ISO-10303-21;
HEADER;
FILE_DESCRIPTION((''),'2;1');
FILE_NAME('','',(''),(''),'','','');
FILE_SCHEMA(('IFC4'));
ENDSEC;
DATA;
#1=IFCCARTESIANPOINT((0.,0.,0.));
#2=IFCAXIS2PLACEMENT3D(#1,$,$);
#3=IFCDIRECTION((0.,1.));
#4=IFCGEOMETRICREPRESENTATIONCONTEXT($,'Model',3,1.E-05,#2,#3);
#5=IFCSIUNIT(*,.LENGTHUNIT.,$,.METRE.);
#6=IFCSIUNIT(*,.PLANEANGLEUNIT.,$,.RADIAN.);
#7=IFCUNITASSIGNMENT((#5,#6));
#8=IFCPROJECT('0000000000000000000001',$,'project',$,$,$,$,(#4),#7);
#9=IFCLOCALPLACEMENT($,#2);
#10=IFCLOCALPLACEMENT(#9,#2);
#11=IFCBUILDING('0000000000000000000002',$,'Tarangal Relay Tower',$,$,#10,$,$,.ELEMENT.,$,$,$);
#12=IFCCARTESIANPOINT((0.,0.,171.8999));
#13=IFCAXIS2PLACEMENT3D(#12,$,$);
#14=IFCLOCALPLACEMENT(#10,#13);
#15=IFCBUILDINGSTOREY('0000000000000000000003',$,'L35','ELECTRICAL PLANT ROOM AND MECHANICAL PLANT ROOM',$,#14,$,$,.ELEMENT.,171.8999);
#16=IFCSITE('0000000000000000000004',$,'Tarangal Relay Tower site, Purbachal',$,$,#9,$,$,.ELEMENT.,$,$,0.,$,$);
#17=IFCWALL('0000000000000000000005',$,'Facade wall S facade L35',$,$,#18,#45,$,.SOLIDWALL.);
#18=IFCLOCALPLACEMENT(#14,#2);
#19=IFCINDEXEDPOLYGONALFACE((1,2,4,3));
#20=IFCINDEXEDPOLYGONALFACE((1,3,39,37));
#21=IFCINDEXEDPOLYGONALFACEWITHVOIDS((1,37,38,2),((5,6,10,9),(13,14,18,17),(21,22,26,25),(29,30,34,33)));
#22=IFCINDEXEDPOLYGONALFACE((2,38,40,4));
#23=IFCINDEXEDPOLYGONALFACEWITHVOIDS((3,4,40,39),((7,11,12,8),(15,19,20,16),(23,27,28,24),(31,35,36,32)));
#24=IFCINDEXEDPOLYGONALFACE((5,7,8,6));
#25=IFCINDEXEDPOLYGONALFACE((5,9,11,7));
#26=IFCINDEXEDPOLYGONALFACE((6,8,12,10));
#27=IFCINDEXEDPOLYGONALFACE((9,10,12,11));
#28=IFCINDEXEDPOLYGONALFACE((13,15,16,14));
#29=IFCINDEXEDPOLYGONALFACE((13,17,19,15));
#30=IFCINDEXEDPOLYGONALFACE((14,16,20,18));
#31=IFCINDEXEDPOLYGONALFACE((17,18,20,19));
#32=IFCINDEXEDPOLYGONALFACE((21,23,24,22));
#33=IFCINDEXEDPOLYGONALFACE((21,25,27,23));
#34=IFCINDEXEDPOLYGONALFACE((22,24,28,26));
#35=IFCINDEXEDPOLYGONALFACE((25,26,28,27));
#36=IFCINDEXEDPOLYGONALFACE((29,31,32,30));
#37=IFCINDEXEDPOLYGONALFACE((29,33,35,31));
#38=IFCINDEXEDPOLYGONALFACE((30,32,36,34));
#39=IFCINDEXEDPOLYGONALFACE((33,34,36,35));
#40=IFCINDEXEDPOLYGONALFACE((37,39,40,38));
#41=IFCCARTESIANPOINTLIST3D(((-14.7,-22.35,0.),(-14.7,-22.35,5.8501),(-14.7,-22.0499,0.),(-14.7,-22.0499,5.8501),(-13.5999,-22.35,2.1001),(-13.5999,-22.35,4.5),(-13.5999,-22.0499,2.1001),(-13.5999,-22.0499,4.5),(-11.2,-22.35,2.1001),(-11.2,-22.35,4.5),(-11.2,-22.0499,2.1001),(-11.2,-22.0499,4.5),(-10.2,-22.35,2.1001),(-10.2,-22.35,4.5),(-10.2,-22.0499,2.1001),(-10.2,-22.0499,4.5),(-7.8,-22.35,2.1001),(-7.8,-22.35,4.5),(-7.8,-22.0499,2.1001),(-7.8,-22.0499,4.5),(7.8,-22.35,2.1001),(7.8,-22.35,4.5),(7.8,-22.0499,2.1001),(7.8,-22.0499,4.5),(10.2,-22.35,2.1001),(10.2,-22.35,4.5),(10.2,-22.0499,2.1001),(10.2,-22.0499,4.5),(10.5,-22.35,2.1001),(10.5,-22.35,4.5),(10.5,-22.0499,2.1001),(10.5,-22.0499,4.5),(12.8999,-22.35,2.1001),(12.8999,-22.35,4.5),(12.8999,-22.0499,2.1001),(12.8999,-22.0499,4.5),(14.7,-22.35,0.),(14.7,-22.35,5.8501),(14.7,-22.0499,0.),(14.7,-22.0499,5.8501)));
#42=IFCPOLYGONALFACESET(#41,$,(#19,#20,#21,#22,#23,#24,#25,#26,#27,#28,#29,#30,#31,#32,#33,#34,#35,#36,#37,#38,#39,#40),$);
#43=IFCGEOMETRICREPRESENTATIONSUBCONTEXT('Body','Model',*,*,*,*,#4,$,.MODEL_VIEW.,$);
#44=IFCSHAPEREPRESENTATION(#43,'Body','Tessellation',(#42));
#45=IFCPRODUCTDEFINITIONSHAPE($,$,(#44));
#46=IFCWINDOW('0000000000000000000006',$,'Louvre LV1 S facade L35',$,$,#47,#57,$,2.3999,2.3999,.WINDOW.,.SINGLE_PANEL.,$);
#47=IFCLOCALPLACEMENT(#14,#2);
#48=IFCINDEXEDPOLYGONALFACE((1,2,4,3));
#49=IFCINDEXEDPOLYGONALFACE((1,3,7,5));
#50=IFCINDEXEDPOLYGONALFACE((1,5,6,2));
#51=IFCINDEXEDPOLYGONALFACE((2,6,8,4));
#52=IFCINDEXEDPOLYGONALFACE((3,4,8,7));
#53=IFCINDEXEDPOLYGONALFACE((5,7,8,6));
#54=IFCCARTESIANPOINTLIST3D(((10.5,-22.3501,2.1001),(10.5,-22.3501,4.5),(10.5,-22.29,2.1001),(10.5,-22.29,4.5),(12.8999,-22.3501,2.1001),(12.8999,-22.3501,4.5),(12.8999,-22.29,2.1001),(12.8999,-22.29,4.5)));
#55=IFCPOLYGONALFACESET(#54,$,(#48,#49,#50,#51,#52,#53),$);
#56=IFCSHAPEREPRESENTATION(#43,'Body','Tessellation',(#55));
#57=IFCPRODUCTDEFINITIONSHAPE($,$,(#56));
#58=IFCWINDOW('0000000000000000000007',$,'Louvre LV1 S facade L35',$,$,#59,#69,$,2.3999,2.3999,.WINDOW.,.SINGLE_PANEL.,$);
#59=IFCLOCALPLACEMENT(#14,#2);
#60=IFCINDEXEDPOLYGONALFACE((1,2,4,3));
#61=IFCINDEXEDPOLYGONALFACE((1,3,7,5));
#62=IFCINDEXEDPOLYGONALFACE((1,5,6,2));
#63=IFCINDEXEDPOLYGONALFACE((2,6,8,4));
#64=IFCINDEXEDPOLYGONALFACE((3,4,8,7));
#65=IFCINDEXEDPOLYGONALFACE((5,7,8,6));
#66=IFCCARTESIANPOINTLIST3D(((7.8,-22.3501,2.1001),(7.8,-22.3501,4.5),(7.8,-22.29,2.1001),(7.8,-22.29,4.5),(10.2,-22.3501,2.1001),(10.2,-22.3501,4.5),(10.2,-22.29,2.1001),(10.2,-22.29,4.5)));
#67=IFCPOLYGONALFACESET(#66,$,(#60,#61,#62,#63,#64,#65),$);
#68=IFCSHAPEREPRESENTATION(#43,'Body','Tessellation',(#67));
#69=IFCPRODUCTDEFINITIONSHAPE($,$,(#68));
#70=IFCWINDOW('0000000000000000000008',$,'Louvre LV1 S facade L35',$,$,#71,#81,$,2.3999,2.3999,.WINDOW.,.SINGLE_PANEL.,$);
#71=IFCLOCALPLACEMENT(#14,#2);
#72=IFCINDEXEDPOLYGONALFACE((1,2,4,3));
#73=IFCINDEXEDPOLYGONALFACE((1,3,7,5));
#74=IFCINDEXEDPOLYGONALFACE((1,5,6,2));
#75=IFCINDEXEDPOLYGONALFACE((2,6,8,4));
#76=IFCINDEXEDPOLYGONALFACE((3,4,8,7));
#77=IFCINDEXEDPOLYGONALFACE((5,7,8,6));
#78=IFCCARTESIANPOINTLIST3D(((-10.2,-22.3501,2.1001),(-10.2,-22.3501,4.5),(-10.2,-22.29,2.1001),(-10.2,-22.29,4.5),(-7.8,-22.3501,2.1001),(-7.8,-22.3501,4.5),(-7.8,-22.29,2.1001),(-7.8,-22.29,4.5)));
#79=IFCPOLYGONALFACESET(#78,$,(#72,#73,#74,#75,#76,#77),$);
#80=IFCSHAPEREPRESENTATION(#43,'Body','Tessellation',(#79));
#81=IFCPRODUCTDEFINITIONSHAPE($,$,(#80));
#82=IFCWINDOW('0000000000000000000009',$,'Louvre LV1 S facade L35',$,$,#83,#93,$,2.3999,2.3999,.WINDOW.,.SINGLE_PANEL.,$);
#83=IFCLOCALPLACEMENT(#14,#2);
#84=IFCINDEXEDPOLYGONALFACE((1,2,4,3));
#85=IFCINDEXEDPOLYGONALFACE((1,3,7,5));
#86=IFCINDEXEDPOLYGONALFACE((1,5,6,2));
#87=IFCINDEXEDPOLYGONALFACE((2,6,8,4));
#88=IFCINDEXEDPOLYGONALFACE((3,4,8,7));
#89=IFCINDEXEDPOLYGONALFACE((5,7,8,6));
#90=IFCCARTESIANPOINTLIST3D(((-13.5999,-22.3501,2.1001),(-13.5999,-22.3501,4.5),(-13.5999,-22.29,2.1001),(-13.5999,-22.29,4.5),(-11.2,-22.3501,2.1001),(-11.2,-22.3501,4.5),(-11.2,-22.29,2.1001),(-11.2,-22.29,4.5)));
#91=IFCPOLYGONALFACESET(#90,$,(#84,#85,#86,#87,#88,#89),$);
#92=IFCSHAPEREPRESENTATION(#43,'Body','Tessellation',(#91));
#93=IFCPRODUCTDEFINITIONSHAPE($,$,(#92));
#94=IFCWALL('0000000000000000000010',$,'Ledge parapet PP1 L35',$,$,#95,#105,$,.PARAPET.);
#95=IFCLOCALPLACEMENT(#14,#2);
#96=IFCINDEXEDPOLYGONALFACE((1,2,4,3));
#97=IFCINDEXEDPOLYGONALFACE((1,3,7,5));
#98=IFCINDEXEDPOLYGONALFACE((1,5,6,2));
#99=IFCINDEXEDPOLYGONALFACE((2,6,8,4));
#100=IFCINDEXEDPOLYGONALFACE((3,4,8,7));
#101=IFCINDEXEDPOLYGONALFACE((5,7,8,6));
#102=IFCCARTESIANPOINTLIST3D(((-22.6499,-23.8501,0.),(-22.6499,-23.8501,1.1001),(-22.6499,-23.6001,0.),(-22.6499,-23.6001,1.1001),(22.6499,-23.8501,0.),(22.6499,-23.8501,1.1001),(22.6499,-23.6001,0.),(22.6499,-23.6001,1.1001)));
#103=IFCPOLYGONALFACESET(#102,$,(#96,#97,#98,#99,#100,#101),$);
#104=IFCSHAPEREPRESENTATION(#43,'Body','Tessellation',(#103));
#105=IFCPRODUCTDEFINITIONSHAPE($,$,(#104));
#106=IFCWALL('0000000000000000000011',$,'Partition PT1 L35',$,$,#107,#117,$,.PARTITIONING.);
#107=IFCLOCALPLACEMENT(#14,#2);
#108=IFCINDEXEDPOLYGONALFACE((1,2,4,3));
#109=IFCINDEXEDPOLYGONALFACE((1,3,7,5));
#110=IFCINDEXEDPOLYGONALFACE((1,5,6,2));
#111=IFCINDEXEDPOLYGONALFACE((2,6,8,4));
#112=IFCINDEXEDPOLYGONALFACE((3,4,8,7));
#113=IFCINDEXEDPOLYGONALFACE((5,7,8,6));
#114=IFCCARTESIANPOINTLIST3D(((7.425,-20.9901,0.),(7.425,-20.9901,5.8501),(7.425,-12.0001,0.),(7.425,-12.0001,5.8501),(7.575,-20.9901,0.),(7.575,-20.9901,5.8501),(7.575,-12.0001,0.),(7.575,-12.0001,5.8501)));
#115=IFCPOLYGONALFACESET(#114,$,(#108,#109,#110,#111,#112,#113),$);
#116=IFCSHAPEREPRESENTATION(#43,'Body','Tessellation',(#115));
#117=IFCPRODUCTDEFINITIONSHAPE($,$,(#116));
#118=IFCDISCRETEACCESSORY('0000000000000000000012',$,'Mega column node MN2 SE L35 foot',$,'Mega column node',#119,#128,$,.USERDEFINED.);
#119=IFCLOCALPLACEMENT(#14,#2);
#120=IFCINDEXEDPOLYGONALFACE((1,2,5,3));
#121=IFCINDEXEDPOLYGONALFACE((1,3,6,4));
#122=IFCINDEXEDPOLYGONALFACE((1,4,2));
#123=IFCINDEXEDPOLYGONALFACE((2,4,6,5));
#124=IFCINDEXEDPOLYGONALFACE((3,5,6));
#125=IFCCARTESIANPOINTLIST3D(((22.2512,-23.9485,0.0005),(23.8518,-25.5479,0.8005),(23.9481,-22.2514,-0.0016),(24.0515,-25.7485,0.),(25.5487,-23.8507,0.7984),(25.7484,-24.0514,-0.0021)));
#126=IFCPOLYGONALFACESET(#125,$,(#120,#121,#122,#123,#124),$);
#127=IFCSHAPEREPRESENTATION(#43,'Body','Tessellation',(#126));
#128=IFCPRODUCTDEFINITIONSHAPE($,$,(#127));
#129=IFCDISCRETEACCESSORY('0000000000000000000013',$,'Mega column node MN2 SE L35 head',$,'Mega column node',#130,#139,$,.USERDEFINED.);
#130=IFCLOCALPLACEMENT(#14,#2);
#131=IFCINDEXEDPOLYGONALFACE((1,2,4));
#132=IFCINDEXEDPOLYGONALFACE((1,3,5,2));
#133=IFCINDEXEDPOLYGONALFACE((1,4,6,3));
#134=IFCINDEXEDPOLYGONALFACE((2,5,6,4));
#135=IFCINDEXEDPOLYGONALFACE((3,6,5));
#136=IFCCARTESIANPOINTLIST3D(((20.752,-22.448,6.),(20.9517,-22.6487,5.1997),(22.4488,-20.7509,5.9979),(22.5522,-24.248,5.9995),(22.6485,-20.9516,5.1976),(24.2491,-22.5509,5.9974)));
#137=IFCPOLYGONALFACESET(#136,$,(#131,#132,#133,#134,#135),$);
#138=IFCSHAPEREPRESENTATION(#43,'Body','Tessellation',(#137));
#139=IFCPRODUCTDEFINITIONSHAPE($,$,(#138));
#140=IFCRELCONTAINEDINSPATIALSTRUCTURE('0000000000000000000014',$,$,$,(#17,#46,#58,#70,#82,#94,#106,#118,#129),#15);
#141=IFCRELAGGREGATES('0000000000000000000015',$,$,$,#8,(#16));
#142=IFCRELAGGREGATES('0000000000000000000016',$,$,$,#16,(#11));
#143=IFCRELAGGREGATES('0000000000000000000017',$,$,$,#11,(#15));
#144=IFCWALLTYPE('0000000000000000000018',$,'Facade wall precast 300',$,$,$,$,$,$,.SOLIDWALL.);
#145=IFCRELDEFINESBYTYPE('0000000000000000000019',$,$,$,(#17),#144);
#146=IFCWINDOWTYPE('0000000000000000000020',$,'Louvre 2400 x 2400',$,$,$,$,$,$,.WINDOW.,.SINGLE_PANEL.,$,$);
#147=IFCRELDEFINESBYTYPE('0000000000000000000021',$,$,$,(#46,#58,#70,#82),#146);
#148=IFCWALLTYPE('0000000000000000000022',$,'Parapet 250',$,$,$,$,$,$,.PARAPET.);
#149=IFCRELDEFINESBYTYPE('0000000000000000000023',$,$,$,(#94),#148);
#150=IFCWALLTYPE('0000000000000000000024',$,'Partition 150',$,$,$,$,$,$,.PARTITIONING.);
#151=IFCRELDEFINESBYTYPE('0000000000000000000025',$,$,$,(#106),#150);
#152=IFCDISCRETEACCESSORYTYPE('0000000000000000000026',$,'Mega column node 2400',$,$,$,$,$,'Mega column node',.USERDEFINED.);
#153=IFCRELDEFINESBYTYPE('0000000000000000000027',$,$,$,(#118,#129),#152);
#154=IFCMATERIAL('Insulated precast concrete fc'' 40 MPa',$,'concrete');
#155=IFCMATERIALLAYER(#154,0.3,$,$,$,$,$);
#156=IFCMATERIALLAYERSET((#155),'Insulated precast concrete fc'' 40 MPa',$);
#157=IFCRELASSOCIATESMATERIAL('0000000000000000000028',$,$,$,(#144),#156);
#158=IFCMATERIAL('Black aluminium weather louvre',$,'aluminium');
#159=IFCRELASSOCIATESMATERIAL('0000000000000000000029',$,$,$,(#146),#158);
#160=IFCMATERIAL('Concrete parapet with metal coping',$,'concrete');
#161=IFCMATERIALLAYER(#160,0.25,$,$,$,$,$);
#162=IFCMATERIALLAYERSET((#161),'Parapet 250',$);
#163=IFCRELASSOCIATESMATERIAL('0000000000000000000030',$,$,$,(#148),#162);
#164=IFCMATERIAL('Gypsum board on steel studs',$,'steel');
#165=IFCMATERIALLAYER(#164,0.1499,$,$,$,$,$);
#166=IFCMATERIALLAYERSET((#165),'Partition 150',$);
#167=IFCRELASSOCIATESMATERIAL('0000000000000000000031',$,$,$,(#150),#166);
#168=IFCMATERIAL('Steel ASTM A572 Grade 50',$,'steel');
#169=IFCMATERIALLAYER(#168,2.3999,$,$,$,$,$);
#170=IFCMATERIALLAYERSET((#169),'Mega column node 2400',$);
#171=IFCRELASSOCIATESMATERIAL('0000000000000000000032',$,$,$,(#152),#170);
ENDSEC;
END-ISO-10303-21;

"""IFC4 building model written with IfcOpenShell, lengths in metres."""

from ifc_helpers import new_model, si_unit, direction, frame, frame_2d, origin, place, context, subcontext, project, spatial, polyline, rectangle, outline, extrude, material, layer, layer_set, type_object, element, fill, save


model = new_model("IFC4")

# Units and contexts
model_context = context("Model", 3, precision=1e-05, world=origin(), true_north=direction((0.0, 1.0)))
body_context = subcontext(model_context, "Body", "Model", "MODEL_VIEW")
ifc_project = project(units=[si_unit("LENGTHUNIT", "METRE"), si_unit("PLANEANGLEUNIT", "RADIAN")], contexts=[model_context])

# Site, building, storey
site_placement = place(None, origin())
site = spatial("IfcSite", under=ifc_project, at=site_placement, Name="Tarangal Relay Tower site, Purbachal", CompositionType="ELEMENT", RefElevation=0.0)
building_placement = place(site_placement, origin())
building = spatial("IfcBuilding", under=site, at=building_placement, Name="Tarangal Relay Tower", CompositionType="ELEMENT")
storey_placement = place(building_placement, frame((0.0, 0.0, 171.8999)))
storey = spatial("IfcBuildingStorey", under=building, at=storey_placement, Name="L35", Description="ELECTRICAL PLANT ROOM AND MECHANICAL PLANT ROOM", CompositionType="ELEMENT", Elevation=171.8999)

# Shared definitions
ifc_material_1 = material(Name="Steel ASTM A572 Grade 50", Category="steel")

# Shared definitions
ifc_material_2 = material(Name="Insulated precast concrete fc' 40 MPa", Category="concrete")
ifc_layer_1 = layer(ifc_material_2, 0.3)
ifc_layer_set_1 = layer_set([ifc_layer_1], Name="Insulated precast concrete fc' 40 MPa")
wall_type_1 = type_object("IfcWallType", Name="Facade wall precast 300", PredefinedType="SOLIDWALL", material=ifc_layer_set_1)

# Wall, openings, windows
wall_1_placement = place(storey_placement, frame((14.7, -22.2, 0.0), z_axis=(0.0, 0.0, 1.0), x_axis=(-1.0, 0.0, 0.0)))
wall_1 = element("IfcWall", 1, at=wall_1_placement, inside=storey, type_object=wall_type_1, Name="Facade wall S facade L35", PredefinedType="SOLIDWALL", context=body_context, shape_type="SweptSolid", body=[
    extrude(rectangle(XDim=29.3999, YDim=0.3, at=frame_2d((14.7, 0.0))), origin(), (0.0, 0.0, 1.0), 5.8501),
])
opening_1_placement = place(wall_1_placement, frame((1.8, 0.0, 2.1001)))
opening_1 = element("IfcOpeningElement", 2, at=opening_1_placement, cuts=wall_1, PredefinedType="OPENING", context=body_context, shape_type="SweptSolid", body=[
    extrude(rectangle(XDim=2.3999, YDim=2.3999, at=frame_2d((1.2, 1.2))), frame((0.0, 0.1599, 0.0), z_axis=(0.0, -1.0, 0.0), x_axis=(1.0, 0.0, 0.0)), (0.0, 0.0, 1.0), 0.3201),
])
opening_2_placement = place(wall_1_placement, frame((4.5, 0.0, 2.1001)))
opening_2 = element("IfcOpeningElement", 3, at=opening_2_placement, cuts=wall_1, PredefinedType="OPENING", context=body_context, shape_type="SweptSolid", body=[
    extrude(rectangle(XDim=2.3999, YDim=2.3999, at=frame_2d((1.2, 1.2))), frame((0.0, 0.1599, 0.0), z_axis=(0.0, -1.0, 0.0), x_axis=(1.0, 0.0, 0.0)), (0.0, 0.0, 1.0), 0.3201),
])
opening_3_placement = place(wall_1_placement, frame((22.5, 0.0, 2.1001)))
opening_3 = element("IfcOpeningElement", 4, at=opening_3_placement, cuts=wall_1, PredefinedType="OPENING", context=body_context, shape_type="SweptSolid", body=[
    extrude(rectangle(XDim=2.3999, YDim=2.3999, at=frame_2d((1.2, 1.2))), frame((0.0, 0.1599, 0.0), z_axis=(0.0, -1.0, 0.0), x_axis=(1.0, 0.0, 0.0)), (0.0, 0.0, 1.0), 0.3201),
])
opening_4_placement = place(wall_1_placement, frame((25.8999, 0.0, 2.1001)))
opening_4 = element("IfcOpeningElement", 5, at=opening_4_placement, cuts=wall_1, PredefinedType="OPENING", context=body_context, shape_type="SweptSolid", body=[
    extrude(rectangle(XDim=2.3999, YDim=2.3999, at=frame_2d((1.2, 1.2))), frame((0.0, 0.1599, 0.0), z_axis=(0.0, -1.0, 0.0), x_axis=(1.0, 0.0, 0.0)), (0.0, 0.0, 1.0), 0.3201),
])
ifc_material_3 = material(Name="Black aluminium weather louvre", Category="aluminium")
window_type = type_object("IfcWindowType", Name="Louvre 2400 x 2400", PartitioningType="SINGLE_PANEL", PredefinedType="WINDOW", material=ifc_material_3)
window_1_placement = place(opening_1_placement, origin())
window_1 = element("IfcWindow", 6, at=window_1_placement, inside=storey, type_object=window_type, Name="Louvre LV1 S facade L35", OverallHeight=2.3999, OverallWidth=2.3999, PartitioningType="SINGLE_PANEL", PredefinedType="WINDOW", context=body_context, shape_type="SweptSolid", body=[
    extrude(rectangle(XDim=2.3999, YDim=2.3999, at=frame_2d((1.2, 1.2))), frame((0.0, 0.1501, 0.0), z_axis=(0.0, -1.0, 0.0), x_axis=(1.0, 0.0, 0.0)), (0.0, 0.0, 1.0), 0.0601),
])
fill(opening_1, window_1)
window_2_placement = place(opening_2_placement, origin())
window_2 = element("IfcWindow", 7, at=window_2_placement, inside=storey, type_object=window_type, Name="Louvre LV1 S facade L35", OverallHeight=2.3999, OverallWidth=2.3999, PartitioningType="SINGLE_PANEL", PredefinedType="WINDOW", context=body_context, shape_type="SweptSolid", body=[
    extrude(rectangle(XDim=2.3999, YDim=2.3999, at=frame_2d((1.2, 1.2))), frame((0.0, 0.1501, 0.0), z_axis=(0.0, -1.0, 0.0), x_axis=(1.0, 0.0, 0.0)), (0.0, 0.0, 1.0), 0.0601),
])
fill(opening_2, window_2)
window_3_placement = place(opening_3_placement, origin())
window_3 = element("IfcWindow", 8, at=window_3_placement, inside=storey, type_object=window_type, Name="Louvre LV1 S facade L35", OverallHeight=2.3999, OverallWidth=2.3999, PartitioningType="SINGLE_PANEL", PredefinedType="WINDOW", context=body_context, shape_type="SweptSolid", body=[
    extrude(rectangle(XDim=2.3999, YDim=2.3999, at=frame_2d((1.2, 1.2))), frame((0.0, 0.1501, 0.0), z_axis=(0.0, -1.0, 0.0), x_axis=(1.0, 0.0, 0.0)), (0.0, 0.0, 1.0), 0.0601),
])
fill(opening_3, window_3)
window_4_placement = place(opening_4_placement, origin())
window_4 = element("IfcWindow", 9, at=window_4_placement, inside=storey, type_object=window_type, Name="Louvre LV1 S facade L35", OverallHeight=2.3999, OverallWidth=2.3999, PartitioningType="SINGLE_PANEL", PredefinedType="WINDOW", context=body_context, shape_type="SweptSolid", body=[
    extrude(rectangle(XDim=2.3999, YDim=2.3999, at=frame_2d((1.2, 1.2))), frame((0.0, 0.1501, 0.0), z_axis=(0.0, -1.0, 0.0), x_axis=(1.0, 0.0, 0.0)), (0.0, 0.0, 1.0), 0.0601),
])
fill(opening_4, window_4)

# Walls
ifc_material_4 = material(Name="Concrete parapet with metal coping", Category="concrete")
ifc_layer_2 = layer(ifc_material_4, 0.25)
ifc_layer_set_2 = layer_set([ifc_layer_2], Name="Parapet 250")
wall_type_2 = type_object("IfcWallType", Name="Parapet 250", PredefinedType="PARAPET", material=ifc_layer_set_2)
wall_2_placement = place(storey_placement, frame((22.6499, -23.7251, 0.0), z_axis=(0.0, 0.0, 1.0), x_axis=(-1.0, 0.0, 0.0)))
element("IfcWall", 10, at=wall_2_placement, inside=storey, type_object=wall_type_2, Name="Ledge parapet PP1 L35", PredefinedType="PARAPET", context=body_context, shape_type="SweptSolid", body=[
    extrude(rectangle(XDim=45.2998, YDim=0.25, at=frame_2d((22.6499, 0.0))), origin(), (0.0, 0.0, 1.0), 1.1001),
])
ifc_material_5 = material(Name="Gypsum board on steel studs", Category="steel")
ifc_layer_3 = layer(ifc_material_5, 0.1499)
ifc_layer_set_3 = layer_set([ifc_layer_3], Name="Partition 150")
wall_type_3 = type_object("IfcWallType", Name="Partition 150", PredefinedType="PARTITIONING", material=ifc_layer_set_3)
wall_3_placement = place(storey_placement, frame((7.5, -12.0, 0.0), z_axis=(0.0, 0.0, 1.0), x_axis=(0.0, -1.0, 0.0)))
element("IfcWall", 11, at=wall_3_placement, inside=storey, type_object=wall_type_3, Name="Partition PT1 L35", PredefinedType="PARTITIONING", context=body_context, shape_type="SweptSolid", body=[
    extrude(rectangle(XDim=8.99, YDim=0.1499, at=frame_2d((4.4951, 0.0))), origin(), (0.0, 0.0, 1.0), 5.8501),
])

# Discrete accessories
ifc_layer_4 = layer(ifc_material_1, 2.3999)
ifc_layer_set_4 = layer_set([ifc_layer_4], Name="Mega column node 2400")
discrete_accessory_type = type_object("IfcDiscreteAccessoryType", Name="Mega column node 2400", ElementType="Mega column node", PredefinedType="USERDEFINED", material=ifc_layer_set_4)
discrete_accessory_1_placement = place(storey_placement, frame((22.2512, -23.9485, 0.0005), z_axis=(-0.707058, -0.707155, 0.000887), x_axis=(0.666915, -0.666407, 0.333356)))
element("IfcDiscreteAccessory", 12, at=discrete_accessory_1_placement, inside=storey, type_object=discrete_accessory_type, Name="Mega column node MN2 SE L35 foot", ObjectType="Mega column node", PredefinedType="USERDEFINED", context=body_context, shape_type="SweptSolid", body=[
    extrude(outline(polyline([(0.0, 0.0), (2.4, 0.0), (2.4, -0.8491), (0.0, 0.0)])), origin(), (0.0, 0.0, -1.0), 2.3999),
])
discrete_accessory_2_placement = place(storey_placement, frame((22.5522, -24.248, 5.9995), z_axis=(-0.707058, -0.707155, 0.000887), x_axis=(-0.666938, 0.666429, -0.333265)))
element("IfcDiscreteAccessory", 13, at=discrete_accessory_2_placement, inside=storey, type_object=discrete_accessory_type, Name="Mega column node MN2 SE L35 head", ObjectType="Mega column node", PredefinedType="USERDEFINED", context=body_context, shape_type="SweptSolid", body=[
    extrude(outline(polyline([(0.0, 0.0), (2.3999, 0.0), (2.4001, -0.8489), (0.0, 0.0)])), origin(), (0.0, 0.0, -1.0), 2.3999),
])

save(model, "model.ifc")
